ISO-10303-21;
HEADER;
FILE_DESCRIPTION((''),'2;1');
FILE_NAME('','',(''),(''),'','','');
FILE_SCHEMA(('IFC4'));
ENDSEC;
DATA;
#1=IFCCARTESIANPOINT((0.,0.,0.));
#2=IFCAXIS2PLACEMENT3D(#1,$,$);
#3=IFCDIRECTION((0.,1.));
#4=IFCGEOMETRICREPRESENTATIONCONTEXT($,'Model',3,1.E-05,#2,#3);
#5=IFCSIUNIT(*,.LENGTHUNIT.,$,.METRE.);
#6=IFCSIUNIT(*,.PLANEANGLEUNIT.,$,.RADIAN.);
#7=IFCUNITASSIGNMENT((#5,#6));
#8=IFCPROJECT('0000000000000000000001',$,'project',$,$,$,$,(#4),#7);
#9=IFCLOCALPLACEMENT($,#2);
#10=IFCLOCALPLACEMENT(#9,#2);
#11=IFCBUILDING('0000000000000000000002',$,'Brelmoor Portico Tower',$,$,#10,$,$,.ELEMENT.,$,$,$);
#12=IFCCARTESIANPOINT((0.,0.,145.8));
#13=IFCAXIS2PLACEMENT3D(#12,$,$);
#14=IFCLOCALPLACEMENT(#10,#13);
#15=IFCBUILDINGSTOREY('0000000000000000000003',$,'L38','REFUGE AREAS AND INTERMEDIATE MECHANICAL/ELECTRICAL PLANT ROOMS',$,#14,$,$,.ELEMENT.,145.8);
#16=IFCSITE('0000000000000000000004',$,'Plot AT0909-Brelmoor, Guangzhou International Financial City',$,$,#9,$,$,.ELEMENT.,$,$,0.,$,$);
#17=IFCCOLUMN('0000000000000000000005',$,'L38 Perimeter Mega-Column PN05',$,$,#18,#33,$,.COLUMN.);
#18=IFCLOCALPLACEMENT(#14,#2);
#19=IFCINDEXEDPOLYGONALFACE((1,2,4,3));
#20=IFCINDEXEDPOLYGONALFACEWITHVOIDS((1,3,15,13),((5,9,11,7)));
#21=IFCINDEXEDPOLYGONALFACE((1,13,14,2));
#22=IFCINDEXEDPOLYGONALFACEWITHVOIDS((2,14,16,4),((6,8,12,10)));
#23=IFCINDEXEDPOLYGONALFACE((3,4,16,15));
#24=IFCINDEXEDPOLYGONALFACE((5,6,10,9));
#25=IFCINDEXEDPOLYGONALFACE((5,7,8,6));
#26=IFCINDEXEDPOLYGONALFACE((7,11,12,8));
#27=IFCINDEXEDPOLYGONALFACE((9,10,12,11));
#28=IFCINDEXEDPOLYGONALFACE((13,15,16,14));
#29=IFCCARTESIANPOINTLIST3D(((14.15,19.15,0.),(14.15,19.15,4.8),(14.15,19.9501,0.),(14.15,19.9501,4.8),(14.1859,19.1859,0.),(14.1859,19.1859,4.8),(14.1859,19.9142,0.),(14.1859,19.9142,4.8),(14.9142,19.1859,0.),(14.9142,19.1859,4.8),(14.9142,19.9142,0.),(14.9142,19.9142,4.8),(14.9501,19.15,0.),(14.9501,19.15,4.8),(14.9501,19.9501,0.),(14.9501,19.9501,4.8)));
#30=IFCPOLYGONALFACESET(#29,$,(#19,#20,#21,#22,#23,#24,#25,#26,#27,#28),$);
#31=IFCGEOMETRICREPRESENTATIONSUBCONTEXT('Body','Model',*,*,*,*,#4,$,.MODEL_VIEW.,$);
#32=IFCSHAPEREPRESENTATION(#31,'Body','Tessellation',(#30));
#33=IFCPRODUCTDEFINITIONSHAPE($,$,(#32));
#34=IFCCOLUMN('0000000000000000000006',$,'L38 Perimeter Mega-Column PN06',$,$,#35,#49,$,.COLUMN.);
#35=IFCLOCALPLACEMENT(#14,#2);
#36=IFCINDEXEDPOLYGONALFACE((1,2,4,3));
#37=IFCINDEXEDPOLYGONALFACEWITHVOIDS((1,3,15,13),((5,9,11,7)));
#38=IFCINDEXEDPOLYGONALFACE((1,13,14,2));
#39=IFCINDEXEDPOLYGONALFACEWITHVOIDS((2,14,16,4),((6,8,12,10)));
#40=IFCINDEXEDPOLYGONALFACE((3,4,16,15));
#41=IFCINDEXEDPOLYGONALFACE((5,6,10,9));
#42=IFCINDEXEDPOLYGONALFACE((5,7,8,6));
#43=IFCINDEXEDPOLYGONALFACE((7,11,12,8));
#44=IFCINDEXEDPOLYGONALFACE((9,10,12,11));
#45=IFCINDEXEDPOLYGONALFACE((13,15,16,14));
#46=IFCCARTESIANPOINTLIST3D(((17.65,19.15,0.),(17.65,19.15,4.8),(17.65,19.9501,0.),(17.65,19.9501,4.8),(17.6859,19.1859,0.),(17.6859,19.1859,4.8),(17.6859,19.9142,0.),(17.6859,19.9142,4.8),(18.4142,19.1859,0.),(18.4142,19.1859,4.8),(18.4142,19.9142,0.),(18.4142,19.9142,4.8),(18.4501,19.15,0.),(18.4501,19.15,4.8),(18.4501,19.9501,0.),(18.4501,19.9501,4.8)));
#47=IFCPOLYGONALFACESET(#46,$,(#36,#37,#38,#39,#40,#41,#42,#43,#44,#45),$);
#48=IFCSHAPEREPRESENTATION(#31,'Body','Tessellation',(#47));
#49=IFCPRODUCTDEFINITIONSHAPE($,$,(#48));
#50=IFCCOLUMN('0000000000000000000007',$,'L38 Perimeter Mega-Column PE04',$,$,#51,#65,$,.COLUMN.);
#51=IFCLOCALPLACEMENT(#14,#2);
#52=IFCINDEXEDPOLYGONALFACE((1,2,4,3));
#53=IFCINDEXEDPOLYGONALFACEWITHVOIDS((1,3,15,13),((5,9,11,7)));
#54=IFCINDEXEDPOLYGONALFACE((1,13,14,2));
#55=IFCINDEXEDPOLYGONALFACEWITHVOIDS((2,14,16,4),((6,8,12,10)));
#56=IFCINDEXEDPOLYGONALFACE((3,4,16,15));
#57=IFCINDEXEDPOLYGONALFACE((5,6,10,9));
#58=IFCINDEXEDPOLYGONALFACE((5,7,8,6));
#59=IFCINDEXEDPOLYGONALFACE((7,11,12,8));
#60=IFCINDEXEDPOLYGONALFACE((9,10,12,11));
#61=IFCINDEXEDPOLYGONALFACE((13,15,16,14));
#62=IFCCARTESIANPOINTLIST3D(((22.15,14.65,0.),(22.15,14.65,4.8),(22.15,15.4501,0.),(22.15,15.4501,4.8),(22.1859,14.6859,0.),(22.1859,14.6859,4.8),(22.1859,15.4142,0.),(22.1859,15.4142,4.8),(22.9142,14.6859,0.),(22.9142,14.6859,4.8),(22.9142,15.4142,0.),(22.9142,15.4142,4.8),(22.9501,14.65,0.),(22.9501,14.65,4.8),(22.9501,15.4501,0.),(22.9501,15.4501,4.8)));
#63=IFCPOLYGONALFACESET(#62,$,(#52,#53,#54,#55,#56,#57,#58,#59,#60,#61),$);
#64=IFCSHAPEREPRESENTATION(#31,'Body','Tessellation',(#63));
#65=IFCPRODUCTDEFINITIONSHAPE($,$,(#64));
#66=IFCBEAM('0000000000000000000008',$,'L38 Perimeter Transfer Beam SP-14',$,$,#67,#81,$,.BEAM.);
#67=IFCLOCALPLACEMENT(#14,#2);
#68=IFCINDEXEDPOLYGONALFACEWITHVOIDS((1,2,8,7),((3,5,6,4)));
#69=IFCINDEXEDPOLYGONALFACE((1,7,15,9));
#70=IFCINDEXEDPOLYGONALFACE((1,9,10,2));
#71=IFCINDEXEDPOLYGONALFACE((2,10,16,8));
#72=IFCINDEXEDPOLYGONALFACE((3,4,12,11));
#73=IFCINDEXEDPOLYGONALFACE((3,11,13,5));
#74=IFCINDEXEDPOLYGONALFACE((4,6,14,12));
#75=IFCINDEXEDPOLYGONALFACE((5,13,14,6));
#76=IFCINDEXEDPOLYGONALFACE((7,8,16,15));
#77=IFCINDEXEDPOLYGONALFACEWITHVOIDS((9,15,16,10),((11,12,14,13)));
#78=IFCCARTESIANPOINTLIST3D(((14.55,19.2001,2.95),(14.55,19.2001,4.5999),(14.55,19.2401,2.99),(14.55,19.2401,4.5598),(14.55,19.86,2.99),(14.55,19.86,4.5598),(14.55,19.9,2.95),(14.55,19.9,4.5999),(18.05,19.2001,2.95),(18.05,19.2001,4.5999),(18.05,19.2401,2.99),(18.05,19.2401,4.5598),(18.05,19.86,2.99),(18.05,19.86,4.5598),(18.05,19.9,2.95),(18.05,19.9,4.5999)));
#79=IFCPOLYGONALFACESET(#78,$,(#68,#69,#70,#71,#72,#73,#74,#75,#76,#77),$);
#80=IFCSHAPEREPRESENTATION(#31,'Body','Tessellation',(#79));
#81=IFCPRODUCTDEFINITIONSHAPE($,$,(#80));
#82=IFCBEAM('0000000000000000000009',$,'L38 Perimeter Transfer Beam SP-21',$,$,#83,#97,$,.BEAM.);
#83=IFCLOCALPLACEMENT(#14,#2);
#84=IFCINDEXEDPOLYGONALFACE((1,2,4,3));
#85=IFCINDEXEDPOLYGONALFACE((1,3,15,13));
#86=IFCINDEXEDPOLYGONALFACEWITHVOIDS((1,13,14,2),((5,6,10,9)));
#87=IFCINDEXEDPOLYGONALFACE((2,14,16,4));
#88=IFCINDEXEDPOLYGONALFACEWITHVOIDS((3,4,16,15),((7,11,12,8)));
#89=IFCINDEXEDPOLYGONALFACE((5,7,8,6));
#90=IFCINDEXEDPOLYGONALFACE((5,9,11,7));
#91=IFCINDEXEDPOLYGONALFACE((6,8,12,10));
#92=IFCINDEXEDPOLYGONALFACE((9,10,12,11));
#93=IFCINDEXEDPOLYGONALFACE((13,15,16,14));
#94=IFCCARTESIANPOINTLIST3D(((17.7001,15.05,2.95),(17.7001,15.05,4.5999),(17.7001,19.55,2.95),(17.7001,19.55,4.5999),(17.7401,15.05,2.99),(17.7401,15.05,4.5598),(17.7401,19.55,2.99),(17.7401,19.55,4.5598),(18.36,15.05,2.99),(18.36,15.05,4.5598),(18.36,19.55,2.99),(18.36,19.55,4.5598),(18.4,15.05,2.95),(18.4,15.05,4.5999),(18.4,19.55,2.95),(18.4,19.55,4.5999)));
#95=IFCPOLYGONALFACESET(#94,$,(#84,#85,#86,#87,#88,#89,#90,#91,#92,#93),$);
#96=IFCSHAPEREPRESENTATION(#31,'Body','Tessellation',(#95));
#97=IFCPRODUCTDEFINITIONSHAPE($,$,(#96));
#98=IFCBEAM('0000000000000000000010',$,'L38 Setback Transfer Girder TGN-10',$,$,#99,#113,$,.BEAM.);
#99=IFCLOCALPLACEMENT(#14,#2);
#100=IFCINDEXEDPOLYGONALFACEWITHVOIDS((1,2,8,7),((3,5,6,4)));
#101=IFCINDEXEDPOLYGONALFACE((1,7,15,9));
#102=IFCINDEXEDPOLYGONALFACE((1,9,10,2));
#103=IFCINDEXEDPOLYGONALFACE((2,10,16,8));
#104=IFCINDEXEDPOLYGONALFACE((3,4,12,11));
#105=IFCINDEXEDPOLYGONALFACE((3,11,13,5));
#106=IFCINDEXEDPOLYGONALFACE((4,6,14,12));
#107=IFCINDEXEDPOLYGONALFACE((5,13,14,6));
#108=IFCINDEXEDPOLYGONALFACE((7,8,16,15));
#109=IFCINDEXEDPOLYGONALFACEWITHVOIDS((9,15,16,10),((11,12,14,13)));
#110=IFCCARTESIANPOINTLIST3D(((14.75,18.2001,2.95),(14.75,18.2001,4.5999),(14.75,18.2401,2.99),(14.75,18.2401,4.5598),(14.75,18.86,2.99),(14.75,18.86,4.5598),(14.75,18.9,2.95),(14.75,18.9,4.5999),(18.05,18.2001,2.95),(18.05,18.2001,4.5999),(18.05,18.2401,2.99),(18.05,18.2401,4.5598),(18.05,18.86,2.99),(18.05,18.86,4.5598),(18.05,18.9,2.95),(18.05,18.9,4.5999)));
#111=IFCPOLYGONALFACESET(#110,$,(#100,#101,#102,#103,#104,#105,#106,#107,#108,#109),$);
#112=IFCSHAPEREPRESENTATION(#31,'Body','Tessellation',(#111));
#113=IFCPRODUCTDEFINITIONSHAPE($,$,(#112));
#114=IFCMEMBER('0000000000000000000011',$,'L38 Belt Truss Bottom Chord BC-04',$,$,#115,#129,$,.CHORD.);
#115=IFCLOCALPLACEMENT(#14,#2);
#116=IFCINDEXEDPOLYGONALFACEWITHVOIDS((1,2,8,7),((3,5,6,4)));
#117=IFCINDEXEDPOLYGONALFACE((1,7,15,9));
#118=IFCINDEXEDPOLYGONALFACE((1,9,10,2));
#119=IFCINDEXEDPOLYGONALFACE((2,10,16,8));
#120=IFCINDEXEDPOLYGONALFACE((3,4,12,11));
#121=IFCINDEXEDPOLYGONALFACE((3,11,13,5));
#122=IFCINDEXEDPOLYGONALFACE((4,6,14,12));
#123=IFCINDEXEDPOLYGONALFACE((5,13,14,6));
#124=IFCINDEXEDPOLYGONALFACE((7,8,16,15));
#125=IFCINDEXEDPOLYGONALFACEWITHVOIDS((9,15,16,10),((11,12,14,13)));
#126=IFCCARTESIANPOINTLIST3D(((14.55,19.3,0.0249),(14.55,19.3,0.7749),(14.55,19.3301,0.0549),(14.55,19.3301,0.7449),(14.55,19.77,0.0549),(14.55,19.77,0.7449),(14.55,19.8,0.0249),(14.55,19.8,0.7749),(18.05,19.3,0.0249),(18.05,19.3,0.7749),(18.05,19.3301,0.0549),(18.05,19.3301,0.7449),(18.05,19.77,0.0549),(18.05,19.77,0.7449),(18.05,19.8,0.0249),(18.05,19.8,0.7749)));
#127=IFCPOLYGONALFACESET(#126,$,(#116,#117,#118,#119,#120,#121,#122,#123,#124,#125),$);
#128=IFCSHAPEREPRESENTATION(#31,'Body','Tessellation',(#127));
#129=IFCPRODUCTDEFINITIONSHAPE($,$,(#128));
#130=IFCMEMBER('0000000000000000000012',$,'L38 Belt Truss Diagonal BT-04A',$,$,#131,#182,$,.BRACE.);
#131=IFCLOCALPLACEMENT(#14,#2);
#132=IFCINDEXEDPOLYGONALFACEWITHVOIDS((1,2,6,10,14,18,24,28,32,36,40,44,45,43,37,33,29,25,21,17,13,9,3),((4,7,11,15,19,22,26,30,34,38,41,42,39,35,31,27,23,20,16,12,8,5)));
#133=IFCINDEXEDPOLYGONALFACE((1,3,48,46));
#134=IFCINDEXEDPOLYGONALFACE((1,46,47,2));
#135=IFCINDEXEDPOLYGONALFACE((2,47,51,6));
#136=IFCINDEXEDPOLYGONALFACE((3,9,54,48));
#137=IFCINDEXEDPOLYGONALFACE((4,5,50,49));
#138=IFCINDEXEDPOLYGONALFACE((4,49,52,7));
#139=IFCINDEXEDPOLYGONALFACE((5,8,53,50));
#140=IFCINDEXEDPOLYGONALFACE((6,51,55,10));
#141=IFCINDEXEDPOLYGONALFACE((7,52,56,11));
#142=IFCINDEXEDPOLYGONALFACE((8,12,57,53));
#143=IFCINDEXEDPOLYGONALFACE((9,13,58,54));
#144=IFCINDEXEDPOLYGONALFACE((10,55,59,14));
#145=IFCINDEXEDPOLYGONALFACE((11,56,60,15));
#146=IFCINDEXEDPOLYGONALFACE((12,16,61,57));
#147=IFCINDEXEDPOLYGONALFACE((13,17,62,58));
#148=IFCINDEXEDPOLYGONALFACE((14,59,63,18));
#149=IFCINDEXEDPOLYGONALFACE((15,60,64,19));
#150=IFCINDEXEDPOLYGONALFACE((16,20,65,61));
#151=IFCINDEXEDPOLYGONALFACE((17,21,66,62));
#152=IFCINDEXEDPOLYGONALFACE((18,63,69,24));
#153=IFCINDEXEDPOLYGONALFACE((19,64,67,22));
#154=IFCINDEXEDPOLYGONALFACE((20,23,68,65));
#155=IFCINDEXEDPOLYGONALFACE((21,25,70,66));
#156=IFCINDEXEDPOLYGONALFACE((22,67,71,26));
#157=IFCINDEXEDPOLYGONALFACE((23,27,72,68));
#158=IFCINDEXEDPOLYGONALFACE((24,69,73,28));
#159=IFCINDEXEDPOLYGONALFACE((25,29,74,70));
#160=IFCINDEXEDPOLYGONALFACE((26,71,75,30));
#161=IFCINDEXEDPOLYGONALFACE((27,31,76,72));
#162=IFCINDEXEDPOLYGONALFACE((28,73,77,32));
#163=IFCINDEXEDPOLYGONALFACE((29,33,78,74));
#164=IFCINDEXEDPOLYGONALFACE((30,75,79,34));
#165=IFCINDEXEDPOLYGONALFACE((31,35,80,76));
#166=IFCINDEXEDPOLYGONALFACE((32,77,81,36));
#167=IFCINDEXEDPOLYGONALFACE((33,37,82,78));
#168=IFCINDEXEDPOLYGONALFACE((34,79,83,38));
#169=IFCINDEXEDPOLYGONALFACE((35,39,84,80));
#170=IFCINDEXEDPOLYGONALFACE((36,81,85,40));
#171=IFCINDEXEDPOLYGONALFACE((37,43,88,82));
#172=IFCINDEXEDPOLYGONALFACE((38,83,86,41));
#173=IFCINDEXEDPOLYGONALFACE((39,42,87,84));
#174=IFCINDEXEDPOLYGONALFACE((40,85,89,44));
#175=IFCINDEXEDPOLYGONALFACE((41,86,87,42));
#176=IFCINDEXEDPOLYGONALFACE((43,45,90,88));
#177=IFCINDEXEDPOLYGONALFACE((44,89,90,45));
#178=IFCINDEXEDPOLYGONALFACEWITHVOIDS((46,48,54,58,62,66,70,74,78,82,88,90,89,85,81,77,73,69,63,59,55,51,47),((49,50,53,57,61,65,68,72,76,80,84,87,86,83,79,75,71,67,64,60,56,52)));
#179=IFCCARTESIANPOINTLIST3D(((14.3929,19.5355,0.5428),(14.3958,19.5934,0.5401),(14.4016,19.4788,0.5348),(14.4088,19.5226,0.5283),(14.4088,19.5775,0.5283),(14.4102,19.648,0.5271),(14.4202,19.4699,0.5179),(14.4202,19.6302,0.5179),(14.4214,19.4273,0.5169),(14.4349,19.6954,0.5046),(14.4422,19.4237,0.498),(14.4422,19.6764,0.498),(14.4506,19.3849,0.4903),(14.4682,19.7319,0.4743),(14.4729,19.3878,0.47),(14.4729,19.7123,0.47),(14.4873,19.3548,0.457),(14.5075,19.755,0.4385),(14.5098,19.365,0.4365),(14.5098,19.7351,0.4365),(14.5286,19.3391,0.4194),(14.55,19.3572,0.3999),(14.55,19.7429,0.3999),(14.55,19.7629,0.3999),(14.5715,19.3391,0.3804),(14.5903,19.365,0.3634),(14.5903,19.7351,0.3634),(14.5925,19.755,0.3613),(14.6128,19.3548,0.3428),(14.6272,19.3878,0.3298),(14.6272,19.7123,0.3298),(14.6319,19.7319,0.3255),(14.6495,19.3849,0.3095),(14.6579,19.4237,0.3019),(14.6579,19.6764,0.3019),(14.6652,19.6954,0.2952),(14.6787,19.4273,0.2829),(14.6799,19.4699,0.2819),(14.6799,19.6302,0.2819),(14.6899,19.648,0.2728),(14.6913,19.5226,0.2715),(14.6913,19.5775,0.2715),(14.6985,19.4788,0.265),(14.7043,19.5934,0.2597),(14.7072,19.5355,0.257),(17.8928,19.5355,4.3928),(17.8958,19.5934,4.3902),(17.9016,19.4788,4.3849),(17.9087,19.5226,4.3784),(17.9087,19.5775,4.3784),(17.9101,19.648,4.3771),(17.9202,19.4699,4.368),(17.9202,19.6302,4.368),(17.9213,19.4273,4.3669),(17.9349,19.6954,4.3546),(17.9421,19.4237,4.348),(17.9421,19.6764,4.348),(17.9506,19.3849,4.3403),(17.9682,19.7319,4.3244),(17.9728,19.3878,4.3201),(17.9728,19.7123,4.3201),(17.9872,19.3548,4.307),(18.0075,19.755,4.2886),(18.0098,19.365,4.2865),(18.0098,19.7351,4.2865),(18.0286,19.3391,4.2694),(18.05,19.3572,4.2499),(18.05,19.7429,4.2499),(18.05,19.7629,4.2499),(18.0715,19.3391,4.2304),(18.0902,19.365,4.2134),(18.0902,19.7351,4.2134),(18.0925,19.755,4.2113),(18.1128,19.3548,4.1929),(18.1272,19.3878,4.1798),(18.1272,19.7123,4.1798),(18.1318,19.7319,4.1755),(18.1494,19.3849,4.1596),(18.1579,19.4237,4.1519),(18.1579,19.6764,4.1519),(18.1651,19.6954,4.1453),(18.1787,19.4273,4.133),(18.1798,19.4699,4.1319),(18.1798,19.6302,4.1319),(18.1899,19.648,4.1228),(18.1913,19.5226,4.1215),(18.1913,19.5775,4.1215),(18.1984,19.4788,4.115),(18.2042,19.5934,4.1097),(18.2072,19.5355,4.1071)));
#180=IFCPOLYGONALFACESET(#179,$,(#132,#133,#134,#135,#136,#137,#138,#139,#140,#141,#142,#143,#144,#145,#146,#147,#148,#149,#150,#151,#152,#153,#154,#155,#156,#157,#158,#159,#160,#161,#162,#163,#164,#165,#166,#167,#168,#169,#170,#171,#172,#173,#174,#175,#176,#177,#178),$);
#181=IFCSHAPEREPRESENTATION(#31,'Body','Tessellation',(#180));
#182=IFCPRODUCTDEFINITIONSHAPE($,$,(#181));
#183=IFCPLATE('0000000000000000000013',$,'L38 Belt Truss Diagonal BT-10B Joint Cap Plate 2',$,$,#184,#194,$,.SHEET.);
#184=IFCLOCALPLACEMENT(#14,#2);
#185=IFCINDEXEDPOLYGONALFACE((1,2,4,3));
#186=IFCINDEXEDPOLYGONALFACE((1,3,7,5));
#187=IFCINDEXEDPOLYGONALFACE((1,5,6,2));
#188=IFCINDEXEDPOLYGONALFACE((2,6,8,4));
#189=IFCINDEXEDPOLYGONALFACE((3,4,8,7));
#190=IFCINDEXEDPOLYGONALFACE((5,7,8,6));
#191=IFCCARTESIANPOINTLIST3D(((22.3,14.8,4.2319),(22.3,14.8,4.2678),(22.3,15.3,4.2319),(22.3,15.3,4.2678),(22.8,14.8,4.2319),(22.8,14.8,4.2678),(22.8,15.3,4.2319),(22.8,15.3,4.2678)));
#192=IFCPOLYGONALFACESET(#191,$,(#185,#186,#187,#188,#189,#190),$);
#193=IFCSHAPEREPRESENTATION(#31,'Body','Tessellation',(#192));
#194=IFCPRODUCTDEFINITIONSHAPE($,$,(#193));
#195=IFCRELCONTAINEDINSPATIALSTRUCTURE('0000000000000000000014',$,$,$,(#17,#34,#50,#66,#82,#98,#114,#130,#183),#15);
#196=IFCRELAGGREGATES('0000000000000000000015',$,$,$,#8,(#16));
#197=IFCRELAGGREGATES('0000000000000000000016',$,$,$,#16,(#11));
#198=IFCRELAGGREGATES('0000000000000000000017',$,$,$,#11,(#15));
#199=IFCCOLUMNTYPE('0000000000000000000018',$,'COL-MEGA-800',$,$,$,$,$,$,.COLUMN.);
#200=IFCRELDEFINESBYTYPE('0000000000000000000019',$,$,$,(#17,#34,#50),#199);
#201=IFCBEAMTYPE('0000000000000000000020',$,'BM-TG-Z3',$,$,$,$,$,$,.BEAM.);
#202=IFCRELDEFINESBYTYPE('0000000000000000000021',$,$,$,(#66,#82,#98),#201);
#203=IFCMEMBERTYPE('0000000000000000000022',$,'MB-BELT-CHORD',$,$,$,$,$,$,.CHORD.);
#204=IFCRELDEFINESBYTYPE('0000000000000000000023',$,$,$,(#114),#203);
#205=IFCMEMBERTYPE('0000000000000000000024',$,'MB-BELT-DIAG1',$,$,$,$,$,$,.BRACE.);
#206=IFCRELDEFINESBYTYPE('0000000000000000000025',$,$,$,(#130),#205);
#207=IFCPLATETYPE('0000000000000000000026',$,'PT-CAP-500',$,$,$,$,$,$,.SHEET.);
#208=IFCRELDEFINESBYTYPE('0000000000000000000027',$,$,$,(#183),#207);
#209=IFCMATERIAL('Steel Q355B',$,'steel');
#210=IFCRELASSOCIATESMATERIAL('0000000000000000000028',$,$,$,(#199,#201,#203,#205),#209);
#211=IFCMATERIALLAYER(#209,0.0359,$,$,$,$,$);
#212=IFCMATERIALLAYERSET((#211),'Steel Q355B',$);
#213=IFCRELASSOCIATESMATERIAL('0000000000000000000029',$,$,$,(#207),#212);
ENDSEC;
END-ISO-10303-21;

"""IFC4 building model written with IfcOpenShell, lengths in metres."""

from ifc_helpers import new_model, si_unit, direction, frame, origin, origin_2d, place, context, subcontext, project, spatial, rectangle, hollow_rectangle, hollow_circle, extrude, material, layer, layer_set, material_profile, profile_set, type_object, element, save


model = new_model("IFC4")

# Units and contexts
model_context = context("Model", 3, precision=1e-05, world=origin(), true_north=direction((0.0, 1.0)))
body_context = subcontext(model_context, "Body", "Model", "MODEL_VIEW")
ifc_project = project(units=[si_unit("LENGTHUNIT", "METRE"), si_unit("PLANEANGLEUNIT", "RADIAN")], contexts=[model_context])

# Site, building, storey
site_placement = place(None, origin())
site = spatial("IfcSite", under=ifc_project, at=site_placement, Name="Plot AT0909-Brelmoor, Guangzhou International Financial City", CompositionType="ELEMENT", RefElevation=0.0)
building_placement = place(site_placement, origin())
building = spatial("IfcBuilding", under=site, at=building_placement, Name="Brelmoor Portico Tower", CompositionType="ELEMENT")
storey_placement = place(building_placement, frame((0.0, 0.0, 145.8)))
storey = spatial("IfcBuildingStorey", under=building, at=storey_placement, Name="L38", Description="REFUGE AREAS AND INTERMEDIATE MECHANICAL/ELECTRICAL PLANT ROOMS", CompositionType="ELEMENT", Elevation=145.8)

# Columns
ifc_material_1 = material(Name="Steel Q355B", Category="steel")
ifc_material_profile_1 = material_profile(ifc_material_1, hollow_rectangle(XDim=0.8, YDim=0.8, WallThickness=0.0359, at=origin_2d()), Name="BOX 800x800x36")
ifc_profile_set_1 = profile_set([ifc_material_profile_1], Name="Steel Q355B")
column_type = type_object("IfcColumnType", Name="COL-MEGA-800", PredefinedType="COLUMN", material=ifc_profile_set_1)
for number, where, z_axis, x_axis, name in (
    (1, (14.55, 19.55, 0.0), (0.0, 0.0, 1.0), (1.0, 0.0, 0.0), "L38 Perimeter Mega-Column PN05"),
    (2, (18.05, 19.55, 0.0), (0.0, 0.0, 1.0), (1.0, 0.0, 0.0), "L38 Perimeter Mega-Column PN06"),
    (3, (22.55, 15.05, 0.0), (0.0, 0.0, 1.0), (0.0, 1.0, 0.0), "L38 Perimeter Mega-Column PE04"),
):
    element("IfcColumn", number, at=place(storey_placement, frame(where, z_axis=z_axis, x_axis=x_axis)), inside=storey, type_object=column_type, Name=name, PredefinedType="COLUMN", context=body_context, shape_type="SweptSolid", body=[
        extrude(hollow_rectangle(XDim=0.8, YDim=0.8, WallThickness=0.0359, at=origin_2d()), origin(), (0.0, 0.0, 1.0), 4.8),
    ])

# Beams
ifc_material_profile_2 = material_profile(ifc_material_1, hollow_rectangle(XDim=0.7, YDim=1.6499, WallThickness=0.04, at=origin_2d()), Name="BOX 700x1650x40")
ifc_profile_set_2 = profile_set([ifc_material_profile_2], Name="Steel Q355B")
beam_type = type_object("IfcBeamType", Name="BM-TG-Z3", PredefinedType="BEAM", material=ifc_profile_set_2)
beam_1_placement = place(storey_placement, frame((14.55, 19.55, 3.7749), z_axis=(1.0, 0.0, 0.0), x_axis=(0.0, 1.0, 0.0)))
element("IfcBeam", 4, at=beam_1_placement, inside=storey, type_object=beam_type, Name="L38 Perimeter Transfer Beam SP-14", PredefinedType="BEAM", context=body_context, shape_type="SweptSolid", body=[
    extrude(hollow_rectangle(XDim=0.7, YDim=1.6499, WallThickness=0.04, at=origin_2d()), origin(), (0.0, 0.0, 1.0), 3.5),
])
beam_2_placement = place(storey_placement, frame((18.05, 15.05, 3.7749), z_axis=(0.0, 1.0, 0.0), x_axis=(-1.0, 0.0, 0.0)))
element("IfcBeam", 5, at=beam_2_placement, inside=storey, type_object=beam_type, Name="L38 Perimeter Transfer Beam SP-21", PredefinedType="BEAM", context=body_context, shape_type="SweptSolid", body=[
    extrude(hollow_rectangle(XDim=0.7, YDim=1.6499, WallThickness=0.04, at=origin_2d()), origin(), (0.0, 0.0, 1.0), 4.5),
])
beam_3_placement = place(storey_placement, frame((14.75, 18.55, 3.7749), z_axis=(1.0, 0.0, 0.0), x_axis=(0.0, 1.0, 0.0)))
element("IfcBeam", 6, at=beam_3_placement, inside=storey, type_object=beam_type, Name="L38 Setback Transfer Girder TGN-10", PredefinedType="BEAM", context=body_context, shape_type="SweptSolid", body=[
    extrude(hollow_rectangle(XDim=0.7, YDim=1.6499, WallThickness=0.04, at=origin_2d()), origin(), (0.0, 0.0, 1.0), 3.3),
])

# Members
ifc_material_profile_3 = material_profile(ifc_material_1, hollow_rectangle(XDim=0.5, YDim=0.75, WallThickness=0.03, at=origin_2d()), Name="RHS 500x750x30")
ifc_profile_set_3 = profile_set([ifc_material_profile_3], Name="Steel Q355B")
member_type_1 = type_object("IfcMemberType", Name="MB-BELT-CHORD", PredefinedType="CHORD", material=ifc_profile_set_3)
member_1_placement = place(storey_placement, frame((14.55, 19.55, 0.3999), z_axis=(1.0, 0.0, 0.0), x_axis=(0.0, 1.0, 0.0)))
element("IfcMember", 7, at=member_1_placement, inside=storey, type_object=member_type_1, Name="L38 Belt Truss Bottom Chord BC-04", PredefinedType="CHORD", context=body_context, shape_type="SweptSolid", body=[
    extrude(hollow_rectangle(XDim=0.5, YDim=0.75, WallThickness=0.03, at=origin_2d()), origin(), (0.0, 0.0, 1.0), 3.5),
])
ifc_material_profile_4 = material_profile(ifc_material_1, hollow_circle(Radius=0.2129, WallThickness=0.02, at=origin_2d()), Name="CHS 426x20")
ifc_profile_set_4 = profile_set([ifc_material_profile_4], Name="Steel Q355B")
member_type_2 = type_object("IfcMemberType", Name="MB-BELT-DIAG1", PredefinedType="BRACE", material=ifc_profile_set_4)
member_2_placement = place(storey_placement, frame((14.55, 19.55, 0.3999), z_axis=(0.672663, 0.0, 0.739949), x_axis=(0.0, 1.0, 0.0)))
element("IfcMember", 8, at=member_2_placement, inside=storey, type_object=member_type_2, Name="L38 Belt Truss Diagonal BT-04A", PredefinedType="BRACE", context=body_context, shape_type="SweptSolid", body=[
    extrude(hollow_circle(Radius=0.2129, WallThickness=0.02, at=origin_2d()), origin(), (0.0, 0.0, 1.0), 5.2031),
])

# Plate
ifc_layer_1 = layer(ifc_material_1, 0.0359)
ifc_layer_set_1 = layer_set([ifc_layer_1], Name="Steel Q355B")
plate_type_1 = type_object("IfcPlateType", Name="PT-CAP-500", PredefinedType="SHEET", material=ifc_layer_set_1)
plate_1_placement = place(storey_placement, frame((22.55, 15.05, 4.2319), z_axis=(0.0, 0.0, 1.0), x_axis=(1.0, 0.0, 0.0)))
element("IfcPlate", 9, at=plate_1_placement, inside=storey, type_object=plate_type_1, Name="L38 Belt Truss Diagonal BT-10B Joint Cap Plate 2", PredefinedType="SHEET", context=body_context, shape_type="SweptSolid", body=[
    extrude(rectangle(XDim=0.5, YDim=0.5, at=origin_2d()), origin(), (0.0, 0.0, 1.0), 0.0359),
])

save(model, "model.ifc")
